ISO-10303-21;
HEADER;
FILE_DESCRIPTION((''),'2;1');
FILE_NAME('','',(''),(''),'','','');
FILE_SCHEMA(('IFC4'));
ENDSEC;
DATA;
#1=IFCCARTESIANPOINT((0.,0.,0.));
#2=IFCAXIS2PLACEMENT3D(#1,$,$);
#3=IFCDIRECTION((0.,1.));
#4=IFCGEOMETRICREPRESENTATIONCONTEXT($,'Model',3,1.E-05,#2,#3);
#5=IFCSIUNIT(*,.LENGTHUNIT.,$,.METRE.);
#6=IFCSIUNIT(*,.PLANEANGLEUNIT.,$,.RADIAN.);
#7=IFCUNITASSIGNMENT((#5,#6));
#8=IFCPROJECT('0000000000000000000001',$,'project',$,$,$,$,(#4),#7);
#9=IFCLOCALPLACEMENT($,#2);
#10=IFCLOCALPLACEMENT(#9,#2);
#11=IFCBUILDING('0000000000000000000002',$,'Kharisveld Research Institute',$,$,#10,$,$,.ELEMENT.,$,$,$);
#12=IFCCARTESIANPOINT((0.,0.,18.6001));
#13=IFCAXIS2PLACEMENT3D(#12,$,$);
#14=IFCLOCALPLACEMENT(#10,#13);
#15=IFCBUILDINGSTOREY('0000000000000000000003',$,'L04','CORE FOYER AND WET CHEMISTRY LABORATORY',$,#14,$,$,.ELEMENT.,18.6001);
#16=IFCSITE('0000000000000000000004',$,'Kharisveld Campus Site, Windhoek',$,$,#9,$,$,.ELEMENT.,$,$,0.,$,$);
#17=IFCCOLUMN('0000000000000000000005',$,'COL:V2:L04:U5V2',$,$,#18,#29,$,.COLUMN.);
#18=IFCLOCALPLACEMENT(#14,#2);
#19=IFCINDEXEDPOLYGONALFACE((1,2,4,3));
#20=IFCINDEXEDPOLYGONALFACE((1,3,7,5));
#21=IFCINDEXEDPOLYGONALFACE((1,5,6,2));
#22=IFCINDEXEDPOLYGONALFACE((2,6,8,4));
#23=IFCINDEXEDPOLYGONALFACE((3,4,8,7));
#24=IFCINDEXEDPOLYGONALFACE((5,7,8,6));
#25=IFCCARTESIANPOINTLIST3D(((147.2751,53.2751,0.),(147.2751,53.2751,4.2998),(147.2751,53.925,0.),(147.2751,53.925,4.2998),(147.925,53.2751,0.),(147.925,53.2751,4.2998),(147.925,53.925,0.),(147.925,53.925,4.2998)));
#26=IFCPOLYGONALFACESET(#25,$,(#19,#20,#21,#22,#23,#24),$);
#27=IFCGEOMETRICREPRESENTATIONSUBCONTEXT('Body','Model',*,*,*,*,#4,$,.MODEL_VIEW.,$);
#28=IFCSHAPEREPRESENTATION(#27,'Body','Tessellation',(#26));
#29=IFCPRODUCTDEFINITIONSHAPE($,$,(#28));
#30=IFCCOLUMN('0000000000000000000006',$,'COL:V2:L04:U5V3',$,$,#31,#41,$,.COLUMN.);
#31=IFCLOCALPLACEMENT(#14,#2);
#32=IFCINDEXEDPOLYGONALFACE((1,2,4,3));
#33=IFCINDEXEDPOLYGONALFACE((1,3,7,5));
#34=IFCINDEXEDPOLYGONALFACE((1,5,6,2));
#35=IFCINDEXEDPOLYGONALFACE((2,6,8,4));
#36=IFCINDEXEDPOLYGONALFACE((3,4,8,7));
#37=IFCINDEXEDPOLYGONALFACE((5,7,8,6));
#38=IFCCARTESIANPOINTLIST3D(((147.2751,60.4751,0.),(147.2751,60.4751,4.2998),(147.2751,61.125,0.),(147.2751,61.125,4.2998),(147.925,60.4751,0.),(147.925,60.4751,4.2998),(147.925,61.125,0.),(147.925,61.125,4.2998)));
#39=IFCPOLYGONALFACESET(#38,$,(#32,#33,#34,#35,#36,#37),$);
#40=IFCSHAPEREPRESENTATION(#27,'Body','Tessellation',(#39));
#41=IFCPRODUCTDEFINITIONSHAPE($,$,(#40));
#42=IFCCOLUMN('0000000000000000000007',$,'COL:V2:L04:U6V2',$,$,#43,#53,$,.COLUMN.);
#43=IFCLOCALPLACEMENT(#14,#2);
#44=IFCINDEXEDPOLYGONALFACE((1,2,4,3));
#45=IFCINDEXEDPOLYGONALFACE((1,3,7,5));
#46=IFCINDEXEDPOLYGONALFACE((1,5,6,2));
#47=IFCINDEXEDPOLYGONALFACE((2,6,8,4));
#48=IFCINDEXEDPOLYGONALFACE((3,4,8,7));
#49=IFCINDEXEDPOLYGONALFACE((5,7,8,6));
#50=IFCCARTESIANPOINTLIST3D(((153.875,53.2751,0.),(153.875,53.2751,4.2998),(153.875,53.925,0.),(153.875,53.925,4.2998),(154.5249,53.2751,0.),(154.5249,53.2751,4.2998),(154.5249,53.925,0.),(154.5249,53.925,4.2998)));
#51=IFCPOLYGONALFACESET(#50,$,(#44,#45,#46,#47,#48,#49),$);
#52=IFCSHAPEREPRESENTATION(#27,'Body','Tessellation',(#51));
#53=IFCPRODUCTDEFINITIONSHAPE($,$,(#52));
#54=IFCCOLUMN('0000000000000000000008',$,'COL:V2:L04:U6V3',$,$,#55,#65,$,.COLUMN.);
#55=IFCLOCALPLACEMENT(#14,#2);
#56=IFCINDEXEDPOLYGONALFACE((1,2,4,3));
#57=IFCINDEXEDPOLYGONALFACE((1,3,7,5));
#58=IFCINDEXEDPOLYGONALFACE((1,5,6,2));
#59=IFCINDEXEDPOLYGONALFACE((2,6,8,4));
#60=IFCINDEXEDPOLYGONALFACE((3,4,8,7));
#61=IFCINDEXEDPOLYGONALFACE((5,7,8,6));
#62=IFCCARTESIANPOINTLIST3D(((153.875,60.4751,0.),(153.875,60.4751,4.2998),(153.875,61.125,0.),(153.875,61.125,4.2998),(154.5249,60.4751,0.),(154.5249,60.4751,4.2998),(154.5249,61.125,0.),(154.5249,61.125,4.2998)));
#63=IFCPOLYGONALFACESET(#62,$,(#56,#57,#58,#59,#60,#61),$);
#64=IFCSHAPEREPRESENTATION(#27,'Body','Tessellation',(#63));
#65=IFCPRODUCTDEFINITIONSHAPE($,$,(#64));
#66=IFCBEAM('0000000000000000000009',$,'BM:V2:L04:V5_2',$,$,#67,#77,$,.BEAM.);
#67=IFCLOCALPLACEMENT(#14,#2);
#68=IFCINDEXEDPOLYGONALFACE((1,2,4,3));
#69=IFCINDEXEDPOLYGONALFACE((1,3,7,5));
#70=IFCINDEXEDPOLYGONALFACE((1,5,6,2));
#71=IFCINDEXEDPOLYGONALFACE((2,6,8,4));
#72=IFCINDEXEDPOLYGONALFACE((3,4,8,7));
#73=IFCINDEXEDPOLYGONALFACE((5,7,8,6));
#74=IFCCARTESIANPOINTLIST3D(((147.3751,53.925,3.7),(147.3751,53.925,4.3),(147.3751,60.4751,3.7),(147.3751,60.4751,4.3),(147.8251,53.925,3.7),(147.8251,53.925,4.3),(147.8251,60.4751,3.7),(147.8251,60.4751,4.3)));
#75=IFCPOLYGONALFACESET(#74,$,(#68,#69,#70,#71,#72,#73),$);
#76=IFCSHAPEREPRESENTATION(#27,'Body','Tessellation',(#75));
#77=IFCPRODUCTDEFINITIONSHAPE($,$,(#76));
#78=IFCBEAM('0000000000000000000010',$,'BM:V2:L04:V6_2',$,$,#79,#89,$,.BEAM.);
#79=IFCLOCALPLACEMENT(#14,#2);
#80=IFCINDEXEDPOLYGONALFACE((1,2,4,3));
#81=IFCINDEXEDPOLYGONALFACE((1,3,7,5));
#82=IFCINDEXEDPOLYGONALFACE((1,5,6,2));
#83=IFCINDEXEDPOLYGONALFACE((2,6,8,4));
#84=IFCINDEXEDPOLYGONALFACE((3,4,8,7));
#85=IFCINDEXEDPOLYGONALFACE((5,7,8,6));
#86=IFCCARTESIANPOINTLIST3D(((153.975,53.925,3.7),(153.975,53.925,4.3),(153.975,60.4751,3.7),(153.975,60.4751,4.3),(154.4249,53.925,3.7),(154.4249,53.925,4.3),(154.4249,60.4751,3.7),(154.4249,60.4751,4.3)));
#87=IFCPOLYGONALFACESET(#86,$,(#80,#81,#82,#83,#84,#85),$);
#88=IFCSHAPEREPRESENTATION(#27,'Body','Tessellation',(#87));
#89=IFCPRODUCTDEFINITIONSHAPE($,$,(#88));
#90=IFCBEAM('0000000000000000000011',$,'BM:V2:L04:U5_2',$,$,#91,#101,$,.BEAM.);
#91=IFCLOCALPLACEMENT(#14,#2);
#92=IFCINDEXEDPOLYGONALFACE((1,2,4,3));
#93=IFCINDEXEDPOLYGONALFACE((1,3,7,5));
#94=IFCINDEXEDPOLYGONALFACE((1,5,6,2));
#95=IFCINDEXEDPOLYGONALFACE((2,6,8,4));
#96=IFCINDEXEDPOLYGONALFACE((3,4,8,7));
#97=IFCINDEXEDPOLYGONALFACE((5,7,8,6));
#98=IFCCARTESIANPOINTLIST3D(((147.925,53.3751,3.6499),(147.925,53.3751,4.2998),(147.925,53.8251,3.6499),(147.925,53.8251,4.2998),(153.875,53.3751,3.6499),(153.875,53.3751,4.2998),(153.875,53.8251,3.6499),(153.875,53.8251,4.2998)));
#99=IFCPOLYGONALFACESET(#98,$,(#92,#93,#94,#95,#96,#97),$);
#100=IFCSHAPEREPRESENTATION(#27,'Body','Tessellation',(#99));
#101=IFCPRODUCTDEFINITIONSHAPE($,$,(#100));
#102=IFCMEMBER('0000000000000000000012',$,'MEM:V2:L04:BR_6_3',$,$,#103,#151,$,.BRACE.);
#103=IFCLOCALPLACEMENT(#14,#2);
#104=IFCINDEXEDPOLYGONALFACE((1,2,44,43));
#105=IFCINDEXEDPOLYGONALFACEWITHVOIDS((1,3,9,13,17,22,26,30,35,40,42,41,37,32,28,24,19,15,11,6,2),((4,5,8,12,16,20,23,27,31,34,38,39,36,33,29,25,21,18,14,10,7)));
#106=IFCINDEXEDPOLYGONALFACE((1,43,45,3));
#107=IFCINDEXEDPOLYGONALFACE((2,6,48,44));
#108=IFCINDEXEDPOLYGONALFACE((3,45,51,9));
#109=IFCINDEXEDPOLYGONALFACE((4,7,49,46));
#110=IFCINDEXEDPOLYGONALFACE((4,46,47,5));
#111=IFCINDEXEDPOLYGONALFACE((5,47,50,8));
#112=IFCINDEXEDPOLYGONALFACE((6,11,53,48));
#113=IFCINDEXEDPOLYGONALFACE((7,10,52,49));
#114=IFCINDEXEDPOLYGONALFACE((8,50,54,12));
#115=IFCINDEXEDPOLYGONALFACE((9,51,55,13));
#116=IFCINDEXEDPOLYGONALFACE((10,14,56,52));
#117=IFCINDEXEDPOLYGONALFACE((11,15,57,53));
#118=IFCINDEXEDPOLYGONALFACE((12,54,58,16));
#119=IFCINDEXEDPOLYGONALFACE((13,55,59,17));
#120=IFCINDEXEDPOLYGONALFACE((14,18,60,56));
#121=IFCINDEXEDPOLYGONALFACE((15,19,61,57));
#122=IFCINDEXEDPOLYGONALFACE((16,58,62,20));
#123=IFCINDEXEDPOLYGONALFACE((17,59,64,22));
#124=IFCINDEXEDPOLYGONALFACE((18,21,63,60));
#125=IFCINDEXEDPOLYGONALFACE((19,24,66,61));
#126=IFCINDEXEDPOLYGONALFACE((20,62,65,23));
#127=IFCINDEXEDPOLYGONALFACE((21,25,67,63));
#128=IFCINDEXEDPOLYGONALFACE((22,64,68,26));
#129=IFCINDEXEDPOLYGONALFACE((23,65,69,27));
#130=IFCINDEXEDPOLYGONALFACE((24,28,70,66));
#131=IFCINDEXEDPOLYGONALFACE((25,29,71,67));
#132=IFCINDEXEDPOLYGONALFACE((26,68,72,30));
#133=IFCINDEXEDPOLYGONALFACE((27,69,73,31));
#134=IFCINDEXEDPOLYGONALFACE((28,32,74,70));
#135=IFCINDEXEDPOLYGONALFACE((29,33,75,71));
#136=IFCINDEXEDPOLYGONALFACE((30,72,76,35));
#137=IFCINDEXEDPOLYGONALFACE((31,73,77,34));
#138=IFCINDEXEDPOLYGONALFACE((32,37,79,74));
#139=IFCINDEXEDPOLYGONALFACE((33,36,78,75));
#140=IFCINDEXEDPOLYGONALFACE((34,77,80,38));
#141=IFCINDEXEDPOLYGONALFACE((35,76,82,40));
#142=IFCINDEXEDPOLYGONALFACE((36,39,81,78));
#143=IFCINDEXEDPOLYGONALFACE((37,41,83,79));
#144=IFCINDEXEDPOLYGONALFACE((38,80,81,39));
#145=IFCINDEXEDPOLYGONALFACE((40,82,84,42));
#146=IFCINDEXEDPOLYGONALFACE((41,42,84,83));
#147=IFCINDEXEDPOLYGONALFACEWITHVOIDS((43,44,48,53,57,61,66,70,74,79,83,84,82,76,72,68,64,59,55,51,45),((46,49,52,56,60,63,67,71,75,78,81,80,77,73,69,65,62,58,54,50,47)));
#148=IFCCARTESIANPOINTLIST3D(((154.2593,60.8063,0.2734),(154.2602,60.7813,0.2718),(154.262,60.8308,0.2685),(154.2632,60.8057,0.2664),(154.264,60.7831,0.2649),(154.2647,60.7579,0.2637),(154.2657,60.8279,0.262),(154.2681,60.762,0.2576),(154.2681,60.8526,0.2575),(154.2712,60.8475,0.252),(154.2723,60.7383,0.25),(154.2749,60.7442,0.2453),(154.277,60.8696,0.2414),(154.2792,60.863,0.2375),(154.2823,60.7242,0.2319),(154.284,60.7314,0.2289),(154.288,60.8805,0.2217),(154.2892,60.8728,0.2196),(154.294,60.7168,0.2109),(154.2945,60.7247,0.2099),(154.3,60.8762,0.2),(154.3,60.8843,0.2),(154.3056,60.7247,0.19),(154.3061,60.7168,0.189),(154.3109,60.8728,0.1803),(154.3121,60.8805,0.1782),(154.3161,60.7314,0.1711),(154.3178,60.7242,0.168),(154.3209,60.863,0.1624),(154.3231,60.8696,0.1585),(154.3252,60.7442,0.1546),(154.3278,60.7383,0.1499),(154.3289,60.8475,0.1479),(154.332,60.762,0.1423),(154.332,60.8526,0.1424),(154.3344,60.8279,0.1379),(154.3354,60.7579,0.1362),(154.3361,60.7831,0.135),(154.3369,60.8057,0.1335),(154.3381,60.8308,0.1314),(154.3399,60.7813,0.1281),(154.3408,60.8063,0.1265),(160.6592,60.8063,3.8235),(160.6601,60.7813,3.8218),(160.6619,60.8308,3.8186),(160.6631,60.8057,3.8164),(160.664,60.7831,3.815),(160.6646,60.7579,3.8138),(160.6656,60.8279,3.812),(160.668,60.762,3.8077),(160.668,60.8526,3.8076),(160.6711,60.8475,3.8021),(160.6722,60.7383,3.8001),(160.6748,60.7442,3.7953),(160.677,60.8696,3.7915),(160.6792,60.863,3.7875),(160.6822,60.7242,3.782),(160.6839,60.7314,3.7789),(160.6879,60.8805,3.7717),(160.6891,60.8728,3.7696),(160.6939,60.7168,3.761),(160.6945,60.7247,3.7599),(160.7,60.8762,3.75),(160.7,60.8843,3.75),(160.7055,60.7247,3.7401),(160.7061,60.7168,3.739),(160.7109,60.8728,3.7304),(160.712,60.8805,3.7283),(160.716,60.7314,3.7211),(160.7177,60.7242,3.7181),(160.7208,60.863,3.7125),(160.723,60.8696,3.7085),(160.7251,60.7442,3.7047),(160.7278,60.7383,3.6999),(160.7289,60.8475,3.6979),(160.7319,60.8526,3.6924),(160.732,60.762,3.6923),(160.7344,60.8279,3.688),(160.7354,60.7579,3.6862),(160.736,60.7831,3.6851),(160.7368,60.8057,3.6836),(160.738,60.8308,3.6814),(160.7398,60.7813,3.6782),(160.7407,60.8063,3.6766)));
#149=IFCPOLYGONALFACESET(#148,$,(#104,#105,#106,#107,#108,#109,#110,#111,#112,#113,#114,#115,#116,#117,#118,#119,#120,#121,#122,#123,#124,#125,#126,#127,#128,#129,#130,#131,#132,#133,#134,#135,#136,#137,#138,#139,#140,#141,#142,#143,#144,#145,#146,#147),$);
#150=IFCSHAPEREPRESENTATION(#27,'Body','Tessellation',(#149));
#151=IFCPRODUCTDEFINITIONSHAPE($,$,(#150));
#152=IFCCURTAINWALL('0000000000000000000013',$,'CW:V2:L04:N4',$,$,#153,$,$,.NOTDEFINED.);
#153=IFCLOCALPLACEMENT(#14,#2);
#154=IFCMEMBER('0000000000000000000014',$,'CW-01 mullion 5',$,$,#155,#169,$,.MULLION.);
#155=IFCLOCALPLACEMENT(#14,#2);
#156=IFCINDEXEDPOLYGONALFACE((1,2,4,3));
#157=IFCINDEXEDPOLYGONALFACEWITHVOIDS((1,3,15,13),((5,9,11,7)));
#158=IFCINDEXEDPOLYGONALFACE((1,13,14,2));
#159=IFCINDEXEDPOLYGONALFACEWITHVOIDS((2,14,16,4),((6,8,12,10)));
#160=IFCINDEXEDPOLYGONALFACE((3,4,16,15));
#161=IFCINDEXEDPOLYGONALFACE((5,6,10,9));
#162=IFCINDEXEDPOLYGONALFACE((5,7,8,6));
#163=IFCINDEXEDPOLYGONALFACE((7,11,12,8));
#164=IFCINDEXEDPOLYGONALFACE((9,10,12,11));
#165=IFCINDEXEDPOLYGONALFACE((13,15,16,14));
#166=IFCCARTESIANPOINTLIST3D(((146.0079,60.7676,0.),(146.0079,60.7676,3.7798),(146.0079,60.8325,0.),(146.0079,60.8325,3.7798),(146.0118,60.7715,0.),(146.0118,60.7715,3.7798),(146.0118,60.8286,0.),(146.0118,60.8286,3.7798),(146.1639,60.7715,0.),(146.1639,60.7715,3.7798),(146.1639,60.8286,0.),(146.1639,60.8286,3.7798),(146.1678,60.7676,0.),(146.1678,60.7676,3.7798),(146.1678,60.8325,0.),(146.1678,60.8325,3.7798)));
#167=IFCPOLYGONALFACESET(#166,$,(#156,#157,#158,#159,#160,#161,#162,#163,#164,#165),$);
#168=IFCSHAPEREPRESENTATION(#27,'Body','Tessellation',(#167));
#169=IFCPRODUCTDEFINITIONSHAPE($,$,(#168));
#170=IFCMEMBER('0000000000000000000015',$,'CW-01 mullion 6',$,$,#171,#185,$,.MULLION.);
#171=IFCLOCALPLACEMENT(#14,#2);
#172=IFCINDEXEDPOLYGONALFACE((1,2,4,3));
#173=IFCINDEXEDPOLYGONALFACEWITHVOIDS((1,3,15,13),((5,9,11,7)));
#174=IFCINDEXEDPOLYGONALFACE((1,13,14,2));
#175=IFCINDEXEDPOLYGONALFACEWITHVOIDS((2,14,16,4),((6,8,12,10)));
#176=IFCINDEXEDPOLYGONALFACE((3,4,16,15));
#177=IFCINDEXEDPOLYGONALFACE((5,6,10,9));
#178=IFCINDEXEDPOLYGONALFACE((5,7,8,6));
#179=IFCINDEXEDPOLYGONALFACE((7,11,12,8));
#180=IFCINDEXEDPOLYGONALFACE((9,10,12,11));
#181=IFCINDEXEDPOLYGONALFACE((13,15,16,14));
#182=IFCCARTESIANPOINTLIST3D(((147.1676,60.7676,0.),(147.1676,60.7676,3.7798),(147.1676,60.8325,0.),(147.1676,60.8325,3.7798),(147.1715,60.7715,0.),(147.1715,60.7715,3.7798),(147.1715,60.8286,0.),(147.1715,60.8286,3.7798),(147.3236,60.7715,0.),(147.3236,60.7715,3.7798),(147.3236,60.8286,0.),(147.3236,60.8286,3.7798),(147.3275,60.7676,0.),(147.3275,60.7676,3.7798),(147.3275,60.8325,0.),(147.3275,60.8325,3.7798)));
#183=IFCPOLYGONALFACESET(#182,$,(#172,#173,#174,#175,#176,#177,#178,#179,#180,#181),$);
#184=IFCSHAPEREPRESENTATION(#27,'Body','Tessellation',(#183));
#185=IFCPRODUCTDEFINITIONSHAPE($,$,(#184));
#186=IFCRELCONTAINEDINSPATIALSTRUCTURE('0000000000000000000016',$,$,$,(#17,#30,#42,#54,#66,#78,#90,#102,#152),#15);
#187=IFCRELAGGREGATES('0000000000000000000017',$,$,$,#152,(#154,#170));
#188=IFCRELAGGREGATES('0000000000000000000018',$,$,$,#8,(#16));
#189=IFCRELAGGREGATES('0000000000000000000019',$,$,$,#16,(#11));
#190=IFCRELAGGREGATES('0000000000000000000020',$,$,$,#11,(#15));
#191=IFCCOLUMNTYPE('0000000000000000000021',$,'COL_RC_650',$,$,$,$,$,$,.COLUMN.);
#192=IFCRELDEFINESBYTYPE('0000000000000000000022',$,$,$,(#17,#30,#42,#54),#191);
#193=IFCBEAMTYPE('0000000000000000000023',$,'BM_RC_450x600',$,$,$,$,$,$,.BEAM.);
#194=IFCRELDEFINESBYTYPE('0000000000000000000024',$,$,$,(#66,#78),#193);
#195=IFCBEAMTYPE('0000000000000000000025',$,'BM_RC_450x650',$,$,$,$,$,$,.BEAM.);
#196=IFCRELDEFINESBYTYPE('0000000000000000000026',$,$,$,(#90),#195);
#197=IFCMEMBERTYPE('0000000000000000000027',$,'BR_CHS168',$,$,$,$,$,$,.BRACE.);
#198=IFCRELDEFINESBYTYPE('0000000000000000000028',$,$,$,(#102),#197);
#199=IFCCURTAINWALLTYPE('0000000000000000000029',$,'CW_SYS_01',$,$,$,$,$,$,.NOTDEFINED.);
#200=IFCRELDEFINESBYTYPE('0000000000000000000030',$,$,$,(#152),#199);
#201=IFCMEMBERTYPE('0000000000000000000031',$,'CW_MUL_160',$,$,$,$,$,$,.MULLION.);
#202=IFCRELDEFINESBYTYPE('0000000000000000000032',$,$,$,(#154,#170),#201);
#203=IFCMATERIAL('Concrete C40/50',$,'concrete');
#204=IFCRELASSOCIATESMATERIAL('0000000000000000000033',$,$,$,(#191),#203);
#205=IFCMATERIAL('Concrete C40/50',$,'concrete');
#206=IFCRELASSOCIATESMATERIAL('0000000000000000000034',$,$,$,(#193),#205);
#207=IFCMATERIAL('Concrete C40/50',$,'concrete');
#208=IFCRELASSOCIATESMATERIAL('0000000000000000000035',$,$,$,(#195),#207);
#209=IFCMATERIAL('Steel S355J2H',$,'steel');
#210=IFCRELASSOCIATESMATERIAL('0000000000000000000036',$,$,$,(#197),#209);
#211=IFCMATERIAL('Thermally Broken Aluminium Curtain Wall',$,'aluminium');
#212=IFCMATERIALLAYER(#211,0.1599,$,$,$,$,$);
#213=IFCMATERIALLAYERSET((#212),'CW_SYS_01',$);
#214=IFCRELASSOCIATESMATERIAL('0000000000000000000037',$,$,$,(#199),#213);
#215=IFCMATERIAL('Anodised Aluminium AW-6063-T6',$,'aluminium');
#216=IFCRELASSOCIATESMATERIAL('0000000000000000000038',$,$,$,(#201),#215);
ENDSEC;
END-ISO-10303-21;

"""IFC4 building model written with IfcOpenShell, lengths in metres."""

from ifc_helpers import new_model, si_unit, direction, frame, origin, origin_2d, place, context, subcontext, project, spatial, rectangle, hollow_rectangle, hollow_circle, extrude, material, layer, layer_set, material_profile, profile_set, type_object, element, aggregate, save


model = new_model("IFC4")

# Units and contexts
model_context = context("Model", 3, precision=1e-05, world=origin(), true_north=direction((0.0, 1.0)))
body_context = subcontext(model_context, "Body", "Model", "MODEL_VIEW")
ifc_project = project(units=[si_unit("LENGTHUNIT", "METRE"), si_unit("PLANEANGLEUNIT", "RADIAN")], contexts=[model_context])

# Site, building, storey
site_placement = place(None, origin())
site = spatial("IfcSite", under=ifc_project, at=site_placement, Name="Kharisveld Campus Site, Windhoek", CompositionType="ELEMENT", RefElevation=0.0)
building_placement = place(site_placement, origin())
building = spatial("IfcBuilding", under=site, at=building_placement, Name="Kharisveld Research Institute", CompositionType="ELEMENT")
storey_placement = place(building_placement, frame((0.0, 0.0, 18.6001)))
storey = spatial("IfcBuildingStorey", under=building, at=storey_placement, Name="L04", Description="CORE FOYER AND WET CHEMISTRY LABORATORY", CompositionType="ELEMENT", Elevation=18.6001)

# Columns
ifc_material_1 = material(Name="Concrete C40/50", Category="concrete")
ifc_material_profile_1 = material_profile(ifc_material_1, rectangle(XDim=0.6499, YDim=0.6499, at=origin_2d()))
ifc_profile_set_1 = profile_set([ifc_material_profile_1], Name="Concrete C40/50")
column_type = type_object("IfcColumnType", Name="COL_RC_650", PredefinedType="COLUMN", material=ifc_profile_set_1)
for number, where, z_axis, x_axis, name in (
    (1, (147.6001, 53.6001, 0.0), (0.0, 0.0, 1.0), (1.0, 0.0, 0.0), "COL:V2:L04:U5V2"),
    (2, (147.6001, 60.8, 0.0), (0.0, 0.0, 1.0), (1.0, 0.0, 0.0), "COL:V2:L04:U5V3"),
    (3, (154.2, 53.6001, 0.0), (0.0, 0.0, 1.0), (1.0, 0.0, 0.0), "COL:V2:L04:U6V2"),
    (4, (154.2, 60.8, 0.0), (0.0, 0.0, 1.0), (1.0, 0.0, 0.0), "COL:V2:L04:U6V3"),
):
    element("IfcColumn", number, at=place(storey_placement, frame(where, z_axis=z_axis, x_axis=x_axis)), inside=storey, type_object=column_type, Name=name, PredefinedType="COLUMN", context=body_context, shape_type="SweptSolid", body=[
        extrude(rectangle(XDim=0.6499, YDim=0.6499, at=origin_2d()), origin(), (0.0, 0.0, 1.0), 4.2998),
    ])

# Beams
ifc_material_2 = material(Name="Concrete C40/50", Category="concrete")
ifc_material_profile_2 = material_profile(ifc_material_2, rectangle(XDim=0.45, YDim=0.6001, at=origin_2d()))
ifc_profile_set_2 = profile_set([ifc_material_profile_2], Name="Concrete C40/50")
beam_type_1 = type_object("IfcBeamType", Name="BM_RC_450x600", PredefinedType="BEAM", material=ifc_profile_set_2)
for number, where, z_axis, x_axis, name in (
    (5, (147.6001, 53.925, 4.0), (0.0, 1.0, 0.0), (-1.0, 0.0, 0.0), "BM:V2:L04:V5_2"),
    (6, (154.2, 53.925, 4.0), (0.0, 1.0, 0.0), (-1.0, 0.0, 0.0), "BM:V2:L04:V6_2"),
):
    element("IfcBeam", number, at=place(storey_placement, frame(where, z_axis=z_axis, x_axis=x_axis)), inside=storey, type_object=beam_type_1, Name=name, PredefinedType="BEAM", context=body_context, shape_type="SweptSolid", body=[
        extrude(rectangle(XDim=0.45, YDim=0.6001, at=origin_2d()), origin(), (0.0, 0.0, 1.0), 6.55),
    ])
ifc_material_3 = material(Name="Concrete C40/50", Category="concrete")
ifc_material_profile_3 = material_profile(ifc_material_3, rectangle(XDim=0.45, YDim=0.6499, at=origin_2d()))
ifc_profile_set_3 = profile_set([ifc_material_profile_3], Name="Concrete C40/50")
beam_type_2 = type_object("IfcBeamType", Name="BM_RC_450x650", PredefinedType="BEAM", material=ifc_profile_set_3)
beam_1_placement = place(storey_placement, frame((147.925, 53.6001, 3.9749), z_axis=(1.0, 0.0, 0.0), x_axis=(0.0, 1.0, 0.0)))
element("IfcBeam", 7, at=beam_1_placement, inside=storey, type_object=beam_type_2, Name="BM:V2:L04:U5_2", PredefinedType="BEAM", context=body_context, shape_type="SweptSolid", body=[
    extrude(rectangle(XDim=0.45, YDim=0.6499, at=origin_2d()), origin(), (0.0, 0.0, 1.0), 5.95),
])

# Member
ifc_material_4 = material(Name="Steel S355J2H", Category="steel")
ifc_material_profile_4 = material_profile(ifc_material_4, hollow_circle(Radius=0.0842, WallThickness=0.0081, at=origin_2d()))
ifc_profile_set_4 = profile_set([ifc_material_profile_4], Name="Steel S355J2H")
member_type_1 = type_object("IfcMemberType", Name="BR_CHS168", PredefinedType="BRACE", material=ifc_profile_set_4)
member_1_placement = place(storey_placement, frame((154.3, 60.8, 0.2), z_axis=(0.874473, 0.0, 0.485074), x_axis=(0.0, 1.0, 0.0)))
element("IfcMember", 8, at=member_1_placement, inside=storey, type_object=member_type_1, Name="MEM:V2:L04:BR_6_3", PredefinedType="BRACE", context=body_context, shape_type="SweptSolid", body=[
    extrude(hollow_circle(Radius=0.0842, WallThickness=0.0081, at=origin_2d()), origin(), (0.0, 0.0, 1.0), 7.3186),
])

# Curtain wall, members
ifc_material_5 = material(Name="Thermally Broken Aluminium Curtain Wall", Category="aluminium")
ifc_layer_1 = layer(ifc_material_5, 0.1599)
ifc_layer_set_1 = layer_set([ifc_layer_1], Name="CW_SYS_01")
curtain_wall_type = type_object("IfcCurtainWallType", Name="CW_SYS_01", PredefinedType="NOTDEFINED", material=ifc_layer_set_1)
curtain_wall_placement = place(storey_placement, origin())
curtain_wall = element("IfcCurtainWall", 9, at=curtain_wall_placement, inside=storey, type_object=curtain_wall_type, Name="CW:V2:L04:N4", PredefinedType="NOTDEFINED")
ifc_material_6 = material(Name="Anodised Aluminium AW-6063-T6", Category="aluminium")
ifc_material_profile_5 = material_profile(ifc_material_6, hollow_rectangle(XDim=0.0649, YDim=0.1599, WallThickness=0.0039, at=origin_2d()))
ifc_profile_set_5 = profile_set([ifc_material_profile_5], Name="Anodised Aluminium AW-6063-T6")
member_type_2 = type_object("IfcMemberType", Name="CW_MUL_160", PredefinedType="MULLION", material=ifc_profile_set_5)
member_2_placement = place(storey_placement, frame((146.0879, 60.8, 0.0), z_axis=(0.0, 0.0, 1.0), x_axis=(0.0, 1.0, 0.0)))
member_2 = element("IfcMember", 10, at=member_2_placement, type_object=member_type_2, Name="CW-01 mullion 5", PredefinedType="MULLION", context=body_context, shape_type="SweptSolid", body=[
    extrude(hollow_rectangle(XDim=0.0649, YDim=0.1599, WallThickness=0.0039, at=origin_2d()), origin(), (0.0, 0.0, 1.0), 3.7798),
])
member_3_placement = place(storey_placement, frame((147.2476, 60.8, 0.0), z_axis=(0.0, 0.0, 1.0), x_axis=(0.0, 1.0, 0.0)))
member_3 = element("IfcMember", 11, at=member_3_placement, type_object=member_type_2, Name="CW-01 mullion 6", PredefinedType="MULLION", context=body_context, shape_type="SweptSolid", body=[
    extrude(hollow_rectangle(XDim=0.0649, YDim=0.1599, WallThickness=0.0039, at=origin_2d()), origin(), (0.0, 0.0, 1.0), 3.7798),
])

aggregate(curtain_wall, [member_2, member_3])

save(model, "model.ifc")
